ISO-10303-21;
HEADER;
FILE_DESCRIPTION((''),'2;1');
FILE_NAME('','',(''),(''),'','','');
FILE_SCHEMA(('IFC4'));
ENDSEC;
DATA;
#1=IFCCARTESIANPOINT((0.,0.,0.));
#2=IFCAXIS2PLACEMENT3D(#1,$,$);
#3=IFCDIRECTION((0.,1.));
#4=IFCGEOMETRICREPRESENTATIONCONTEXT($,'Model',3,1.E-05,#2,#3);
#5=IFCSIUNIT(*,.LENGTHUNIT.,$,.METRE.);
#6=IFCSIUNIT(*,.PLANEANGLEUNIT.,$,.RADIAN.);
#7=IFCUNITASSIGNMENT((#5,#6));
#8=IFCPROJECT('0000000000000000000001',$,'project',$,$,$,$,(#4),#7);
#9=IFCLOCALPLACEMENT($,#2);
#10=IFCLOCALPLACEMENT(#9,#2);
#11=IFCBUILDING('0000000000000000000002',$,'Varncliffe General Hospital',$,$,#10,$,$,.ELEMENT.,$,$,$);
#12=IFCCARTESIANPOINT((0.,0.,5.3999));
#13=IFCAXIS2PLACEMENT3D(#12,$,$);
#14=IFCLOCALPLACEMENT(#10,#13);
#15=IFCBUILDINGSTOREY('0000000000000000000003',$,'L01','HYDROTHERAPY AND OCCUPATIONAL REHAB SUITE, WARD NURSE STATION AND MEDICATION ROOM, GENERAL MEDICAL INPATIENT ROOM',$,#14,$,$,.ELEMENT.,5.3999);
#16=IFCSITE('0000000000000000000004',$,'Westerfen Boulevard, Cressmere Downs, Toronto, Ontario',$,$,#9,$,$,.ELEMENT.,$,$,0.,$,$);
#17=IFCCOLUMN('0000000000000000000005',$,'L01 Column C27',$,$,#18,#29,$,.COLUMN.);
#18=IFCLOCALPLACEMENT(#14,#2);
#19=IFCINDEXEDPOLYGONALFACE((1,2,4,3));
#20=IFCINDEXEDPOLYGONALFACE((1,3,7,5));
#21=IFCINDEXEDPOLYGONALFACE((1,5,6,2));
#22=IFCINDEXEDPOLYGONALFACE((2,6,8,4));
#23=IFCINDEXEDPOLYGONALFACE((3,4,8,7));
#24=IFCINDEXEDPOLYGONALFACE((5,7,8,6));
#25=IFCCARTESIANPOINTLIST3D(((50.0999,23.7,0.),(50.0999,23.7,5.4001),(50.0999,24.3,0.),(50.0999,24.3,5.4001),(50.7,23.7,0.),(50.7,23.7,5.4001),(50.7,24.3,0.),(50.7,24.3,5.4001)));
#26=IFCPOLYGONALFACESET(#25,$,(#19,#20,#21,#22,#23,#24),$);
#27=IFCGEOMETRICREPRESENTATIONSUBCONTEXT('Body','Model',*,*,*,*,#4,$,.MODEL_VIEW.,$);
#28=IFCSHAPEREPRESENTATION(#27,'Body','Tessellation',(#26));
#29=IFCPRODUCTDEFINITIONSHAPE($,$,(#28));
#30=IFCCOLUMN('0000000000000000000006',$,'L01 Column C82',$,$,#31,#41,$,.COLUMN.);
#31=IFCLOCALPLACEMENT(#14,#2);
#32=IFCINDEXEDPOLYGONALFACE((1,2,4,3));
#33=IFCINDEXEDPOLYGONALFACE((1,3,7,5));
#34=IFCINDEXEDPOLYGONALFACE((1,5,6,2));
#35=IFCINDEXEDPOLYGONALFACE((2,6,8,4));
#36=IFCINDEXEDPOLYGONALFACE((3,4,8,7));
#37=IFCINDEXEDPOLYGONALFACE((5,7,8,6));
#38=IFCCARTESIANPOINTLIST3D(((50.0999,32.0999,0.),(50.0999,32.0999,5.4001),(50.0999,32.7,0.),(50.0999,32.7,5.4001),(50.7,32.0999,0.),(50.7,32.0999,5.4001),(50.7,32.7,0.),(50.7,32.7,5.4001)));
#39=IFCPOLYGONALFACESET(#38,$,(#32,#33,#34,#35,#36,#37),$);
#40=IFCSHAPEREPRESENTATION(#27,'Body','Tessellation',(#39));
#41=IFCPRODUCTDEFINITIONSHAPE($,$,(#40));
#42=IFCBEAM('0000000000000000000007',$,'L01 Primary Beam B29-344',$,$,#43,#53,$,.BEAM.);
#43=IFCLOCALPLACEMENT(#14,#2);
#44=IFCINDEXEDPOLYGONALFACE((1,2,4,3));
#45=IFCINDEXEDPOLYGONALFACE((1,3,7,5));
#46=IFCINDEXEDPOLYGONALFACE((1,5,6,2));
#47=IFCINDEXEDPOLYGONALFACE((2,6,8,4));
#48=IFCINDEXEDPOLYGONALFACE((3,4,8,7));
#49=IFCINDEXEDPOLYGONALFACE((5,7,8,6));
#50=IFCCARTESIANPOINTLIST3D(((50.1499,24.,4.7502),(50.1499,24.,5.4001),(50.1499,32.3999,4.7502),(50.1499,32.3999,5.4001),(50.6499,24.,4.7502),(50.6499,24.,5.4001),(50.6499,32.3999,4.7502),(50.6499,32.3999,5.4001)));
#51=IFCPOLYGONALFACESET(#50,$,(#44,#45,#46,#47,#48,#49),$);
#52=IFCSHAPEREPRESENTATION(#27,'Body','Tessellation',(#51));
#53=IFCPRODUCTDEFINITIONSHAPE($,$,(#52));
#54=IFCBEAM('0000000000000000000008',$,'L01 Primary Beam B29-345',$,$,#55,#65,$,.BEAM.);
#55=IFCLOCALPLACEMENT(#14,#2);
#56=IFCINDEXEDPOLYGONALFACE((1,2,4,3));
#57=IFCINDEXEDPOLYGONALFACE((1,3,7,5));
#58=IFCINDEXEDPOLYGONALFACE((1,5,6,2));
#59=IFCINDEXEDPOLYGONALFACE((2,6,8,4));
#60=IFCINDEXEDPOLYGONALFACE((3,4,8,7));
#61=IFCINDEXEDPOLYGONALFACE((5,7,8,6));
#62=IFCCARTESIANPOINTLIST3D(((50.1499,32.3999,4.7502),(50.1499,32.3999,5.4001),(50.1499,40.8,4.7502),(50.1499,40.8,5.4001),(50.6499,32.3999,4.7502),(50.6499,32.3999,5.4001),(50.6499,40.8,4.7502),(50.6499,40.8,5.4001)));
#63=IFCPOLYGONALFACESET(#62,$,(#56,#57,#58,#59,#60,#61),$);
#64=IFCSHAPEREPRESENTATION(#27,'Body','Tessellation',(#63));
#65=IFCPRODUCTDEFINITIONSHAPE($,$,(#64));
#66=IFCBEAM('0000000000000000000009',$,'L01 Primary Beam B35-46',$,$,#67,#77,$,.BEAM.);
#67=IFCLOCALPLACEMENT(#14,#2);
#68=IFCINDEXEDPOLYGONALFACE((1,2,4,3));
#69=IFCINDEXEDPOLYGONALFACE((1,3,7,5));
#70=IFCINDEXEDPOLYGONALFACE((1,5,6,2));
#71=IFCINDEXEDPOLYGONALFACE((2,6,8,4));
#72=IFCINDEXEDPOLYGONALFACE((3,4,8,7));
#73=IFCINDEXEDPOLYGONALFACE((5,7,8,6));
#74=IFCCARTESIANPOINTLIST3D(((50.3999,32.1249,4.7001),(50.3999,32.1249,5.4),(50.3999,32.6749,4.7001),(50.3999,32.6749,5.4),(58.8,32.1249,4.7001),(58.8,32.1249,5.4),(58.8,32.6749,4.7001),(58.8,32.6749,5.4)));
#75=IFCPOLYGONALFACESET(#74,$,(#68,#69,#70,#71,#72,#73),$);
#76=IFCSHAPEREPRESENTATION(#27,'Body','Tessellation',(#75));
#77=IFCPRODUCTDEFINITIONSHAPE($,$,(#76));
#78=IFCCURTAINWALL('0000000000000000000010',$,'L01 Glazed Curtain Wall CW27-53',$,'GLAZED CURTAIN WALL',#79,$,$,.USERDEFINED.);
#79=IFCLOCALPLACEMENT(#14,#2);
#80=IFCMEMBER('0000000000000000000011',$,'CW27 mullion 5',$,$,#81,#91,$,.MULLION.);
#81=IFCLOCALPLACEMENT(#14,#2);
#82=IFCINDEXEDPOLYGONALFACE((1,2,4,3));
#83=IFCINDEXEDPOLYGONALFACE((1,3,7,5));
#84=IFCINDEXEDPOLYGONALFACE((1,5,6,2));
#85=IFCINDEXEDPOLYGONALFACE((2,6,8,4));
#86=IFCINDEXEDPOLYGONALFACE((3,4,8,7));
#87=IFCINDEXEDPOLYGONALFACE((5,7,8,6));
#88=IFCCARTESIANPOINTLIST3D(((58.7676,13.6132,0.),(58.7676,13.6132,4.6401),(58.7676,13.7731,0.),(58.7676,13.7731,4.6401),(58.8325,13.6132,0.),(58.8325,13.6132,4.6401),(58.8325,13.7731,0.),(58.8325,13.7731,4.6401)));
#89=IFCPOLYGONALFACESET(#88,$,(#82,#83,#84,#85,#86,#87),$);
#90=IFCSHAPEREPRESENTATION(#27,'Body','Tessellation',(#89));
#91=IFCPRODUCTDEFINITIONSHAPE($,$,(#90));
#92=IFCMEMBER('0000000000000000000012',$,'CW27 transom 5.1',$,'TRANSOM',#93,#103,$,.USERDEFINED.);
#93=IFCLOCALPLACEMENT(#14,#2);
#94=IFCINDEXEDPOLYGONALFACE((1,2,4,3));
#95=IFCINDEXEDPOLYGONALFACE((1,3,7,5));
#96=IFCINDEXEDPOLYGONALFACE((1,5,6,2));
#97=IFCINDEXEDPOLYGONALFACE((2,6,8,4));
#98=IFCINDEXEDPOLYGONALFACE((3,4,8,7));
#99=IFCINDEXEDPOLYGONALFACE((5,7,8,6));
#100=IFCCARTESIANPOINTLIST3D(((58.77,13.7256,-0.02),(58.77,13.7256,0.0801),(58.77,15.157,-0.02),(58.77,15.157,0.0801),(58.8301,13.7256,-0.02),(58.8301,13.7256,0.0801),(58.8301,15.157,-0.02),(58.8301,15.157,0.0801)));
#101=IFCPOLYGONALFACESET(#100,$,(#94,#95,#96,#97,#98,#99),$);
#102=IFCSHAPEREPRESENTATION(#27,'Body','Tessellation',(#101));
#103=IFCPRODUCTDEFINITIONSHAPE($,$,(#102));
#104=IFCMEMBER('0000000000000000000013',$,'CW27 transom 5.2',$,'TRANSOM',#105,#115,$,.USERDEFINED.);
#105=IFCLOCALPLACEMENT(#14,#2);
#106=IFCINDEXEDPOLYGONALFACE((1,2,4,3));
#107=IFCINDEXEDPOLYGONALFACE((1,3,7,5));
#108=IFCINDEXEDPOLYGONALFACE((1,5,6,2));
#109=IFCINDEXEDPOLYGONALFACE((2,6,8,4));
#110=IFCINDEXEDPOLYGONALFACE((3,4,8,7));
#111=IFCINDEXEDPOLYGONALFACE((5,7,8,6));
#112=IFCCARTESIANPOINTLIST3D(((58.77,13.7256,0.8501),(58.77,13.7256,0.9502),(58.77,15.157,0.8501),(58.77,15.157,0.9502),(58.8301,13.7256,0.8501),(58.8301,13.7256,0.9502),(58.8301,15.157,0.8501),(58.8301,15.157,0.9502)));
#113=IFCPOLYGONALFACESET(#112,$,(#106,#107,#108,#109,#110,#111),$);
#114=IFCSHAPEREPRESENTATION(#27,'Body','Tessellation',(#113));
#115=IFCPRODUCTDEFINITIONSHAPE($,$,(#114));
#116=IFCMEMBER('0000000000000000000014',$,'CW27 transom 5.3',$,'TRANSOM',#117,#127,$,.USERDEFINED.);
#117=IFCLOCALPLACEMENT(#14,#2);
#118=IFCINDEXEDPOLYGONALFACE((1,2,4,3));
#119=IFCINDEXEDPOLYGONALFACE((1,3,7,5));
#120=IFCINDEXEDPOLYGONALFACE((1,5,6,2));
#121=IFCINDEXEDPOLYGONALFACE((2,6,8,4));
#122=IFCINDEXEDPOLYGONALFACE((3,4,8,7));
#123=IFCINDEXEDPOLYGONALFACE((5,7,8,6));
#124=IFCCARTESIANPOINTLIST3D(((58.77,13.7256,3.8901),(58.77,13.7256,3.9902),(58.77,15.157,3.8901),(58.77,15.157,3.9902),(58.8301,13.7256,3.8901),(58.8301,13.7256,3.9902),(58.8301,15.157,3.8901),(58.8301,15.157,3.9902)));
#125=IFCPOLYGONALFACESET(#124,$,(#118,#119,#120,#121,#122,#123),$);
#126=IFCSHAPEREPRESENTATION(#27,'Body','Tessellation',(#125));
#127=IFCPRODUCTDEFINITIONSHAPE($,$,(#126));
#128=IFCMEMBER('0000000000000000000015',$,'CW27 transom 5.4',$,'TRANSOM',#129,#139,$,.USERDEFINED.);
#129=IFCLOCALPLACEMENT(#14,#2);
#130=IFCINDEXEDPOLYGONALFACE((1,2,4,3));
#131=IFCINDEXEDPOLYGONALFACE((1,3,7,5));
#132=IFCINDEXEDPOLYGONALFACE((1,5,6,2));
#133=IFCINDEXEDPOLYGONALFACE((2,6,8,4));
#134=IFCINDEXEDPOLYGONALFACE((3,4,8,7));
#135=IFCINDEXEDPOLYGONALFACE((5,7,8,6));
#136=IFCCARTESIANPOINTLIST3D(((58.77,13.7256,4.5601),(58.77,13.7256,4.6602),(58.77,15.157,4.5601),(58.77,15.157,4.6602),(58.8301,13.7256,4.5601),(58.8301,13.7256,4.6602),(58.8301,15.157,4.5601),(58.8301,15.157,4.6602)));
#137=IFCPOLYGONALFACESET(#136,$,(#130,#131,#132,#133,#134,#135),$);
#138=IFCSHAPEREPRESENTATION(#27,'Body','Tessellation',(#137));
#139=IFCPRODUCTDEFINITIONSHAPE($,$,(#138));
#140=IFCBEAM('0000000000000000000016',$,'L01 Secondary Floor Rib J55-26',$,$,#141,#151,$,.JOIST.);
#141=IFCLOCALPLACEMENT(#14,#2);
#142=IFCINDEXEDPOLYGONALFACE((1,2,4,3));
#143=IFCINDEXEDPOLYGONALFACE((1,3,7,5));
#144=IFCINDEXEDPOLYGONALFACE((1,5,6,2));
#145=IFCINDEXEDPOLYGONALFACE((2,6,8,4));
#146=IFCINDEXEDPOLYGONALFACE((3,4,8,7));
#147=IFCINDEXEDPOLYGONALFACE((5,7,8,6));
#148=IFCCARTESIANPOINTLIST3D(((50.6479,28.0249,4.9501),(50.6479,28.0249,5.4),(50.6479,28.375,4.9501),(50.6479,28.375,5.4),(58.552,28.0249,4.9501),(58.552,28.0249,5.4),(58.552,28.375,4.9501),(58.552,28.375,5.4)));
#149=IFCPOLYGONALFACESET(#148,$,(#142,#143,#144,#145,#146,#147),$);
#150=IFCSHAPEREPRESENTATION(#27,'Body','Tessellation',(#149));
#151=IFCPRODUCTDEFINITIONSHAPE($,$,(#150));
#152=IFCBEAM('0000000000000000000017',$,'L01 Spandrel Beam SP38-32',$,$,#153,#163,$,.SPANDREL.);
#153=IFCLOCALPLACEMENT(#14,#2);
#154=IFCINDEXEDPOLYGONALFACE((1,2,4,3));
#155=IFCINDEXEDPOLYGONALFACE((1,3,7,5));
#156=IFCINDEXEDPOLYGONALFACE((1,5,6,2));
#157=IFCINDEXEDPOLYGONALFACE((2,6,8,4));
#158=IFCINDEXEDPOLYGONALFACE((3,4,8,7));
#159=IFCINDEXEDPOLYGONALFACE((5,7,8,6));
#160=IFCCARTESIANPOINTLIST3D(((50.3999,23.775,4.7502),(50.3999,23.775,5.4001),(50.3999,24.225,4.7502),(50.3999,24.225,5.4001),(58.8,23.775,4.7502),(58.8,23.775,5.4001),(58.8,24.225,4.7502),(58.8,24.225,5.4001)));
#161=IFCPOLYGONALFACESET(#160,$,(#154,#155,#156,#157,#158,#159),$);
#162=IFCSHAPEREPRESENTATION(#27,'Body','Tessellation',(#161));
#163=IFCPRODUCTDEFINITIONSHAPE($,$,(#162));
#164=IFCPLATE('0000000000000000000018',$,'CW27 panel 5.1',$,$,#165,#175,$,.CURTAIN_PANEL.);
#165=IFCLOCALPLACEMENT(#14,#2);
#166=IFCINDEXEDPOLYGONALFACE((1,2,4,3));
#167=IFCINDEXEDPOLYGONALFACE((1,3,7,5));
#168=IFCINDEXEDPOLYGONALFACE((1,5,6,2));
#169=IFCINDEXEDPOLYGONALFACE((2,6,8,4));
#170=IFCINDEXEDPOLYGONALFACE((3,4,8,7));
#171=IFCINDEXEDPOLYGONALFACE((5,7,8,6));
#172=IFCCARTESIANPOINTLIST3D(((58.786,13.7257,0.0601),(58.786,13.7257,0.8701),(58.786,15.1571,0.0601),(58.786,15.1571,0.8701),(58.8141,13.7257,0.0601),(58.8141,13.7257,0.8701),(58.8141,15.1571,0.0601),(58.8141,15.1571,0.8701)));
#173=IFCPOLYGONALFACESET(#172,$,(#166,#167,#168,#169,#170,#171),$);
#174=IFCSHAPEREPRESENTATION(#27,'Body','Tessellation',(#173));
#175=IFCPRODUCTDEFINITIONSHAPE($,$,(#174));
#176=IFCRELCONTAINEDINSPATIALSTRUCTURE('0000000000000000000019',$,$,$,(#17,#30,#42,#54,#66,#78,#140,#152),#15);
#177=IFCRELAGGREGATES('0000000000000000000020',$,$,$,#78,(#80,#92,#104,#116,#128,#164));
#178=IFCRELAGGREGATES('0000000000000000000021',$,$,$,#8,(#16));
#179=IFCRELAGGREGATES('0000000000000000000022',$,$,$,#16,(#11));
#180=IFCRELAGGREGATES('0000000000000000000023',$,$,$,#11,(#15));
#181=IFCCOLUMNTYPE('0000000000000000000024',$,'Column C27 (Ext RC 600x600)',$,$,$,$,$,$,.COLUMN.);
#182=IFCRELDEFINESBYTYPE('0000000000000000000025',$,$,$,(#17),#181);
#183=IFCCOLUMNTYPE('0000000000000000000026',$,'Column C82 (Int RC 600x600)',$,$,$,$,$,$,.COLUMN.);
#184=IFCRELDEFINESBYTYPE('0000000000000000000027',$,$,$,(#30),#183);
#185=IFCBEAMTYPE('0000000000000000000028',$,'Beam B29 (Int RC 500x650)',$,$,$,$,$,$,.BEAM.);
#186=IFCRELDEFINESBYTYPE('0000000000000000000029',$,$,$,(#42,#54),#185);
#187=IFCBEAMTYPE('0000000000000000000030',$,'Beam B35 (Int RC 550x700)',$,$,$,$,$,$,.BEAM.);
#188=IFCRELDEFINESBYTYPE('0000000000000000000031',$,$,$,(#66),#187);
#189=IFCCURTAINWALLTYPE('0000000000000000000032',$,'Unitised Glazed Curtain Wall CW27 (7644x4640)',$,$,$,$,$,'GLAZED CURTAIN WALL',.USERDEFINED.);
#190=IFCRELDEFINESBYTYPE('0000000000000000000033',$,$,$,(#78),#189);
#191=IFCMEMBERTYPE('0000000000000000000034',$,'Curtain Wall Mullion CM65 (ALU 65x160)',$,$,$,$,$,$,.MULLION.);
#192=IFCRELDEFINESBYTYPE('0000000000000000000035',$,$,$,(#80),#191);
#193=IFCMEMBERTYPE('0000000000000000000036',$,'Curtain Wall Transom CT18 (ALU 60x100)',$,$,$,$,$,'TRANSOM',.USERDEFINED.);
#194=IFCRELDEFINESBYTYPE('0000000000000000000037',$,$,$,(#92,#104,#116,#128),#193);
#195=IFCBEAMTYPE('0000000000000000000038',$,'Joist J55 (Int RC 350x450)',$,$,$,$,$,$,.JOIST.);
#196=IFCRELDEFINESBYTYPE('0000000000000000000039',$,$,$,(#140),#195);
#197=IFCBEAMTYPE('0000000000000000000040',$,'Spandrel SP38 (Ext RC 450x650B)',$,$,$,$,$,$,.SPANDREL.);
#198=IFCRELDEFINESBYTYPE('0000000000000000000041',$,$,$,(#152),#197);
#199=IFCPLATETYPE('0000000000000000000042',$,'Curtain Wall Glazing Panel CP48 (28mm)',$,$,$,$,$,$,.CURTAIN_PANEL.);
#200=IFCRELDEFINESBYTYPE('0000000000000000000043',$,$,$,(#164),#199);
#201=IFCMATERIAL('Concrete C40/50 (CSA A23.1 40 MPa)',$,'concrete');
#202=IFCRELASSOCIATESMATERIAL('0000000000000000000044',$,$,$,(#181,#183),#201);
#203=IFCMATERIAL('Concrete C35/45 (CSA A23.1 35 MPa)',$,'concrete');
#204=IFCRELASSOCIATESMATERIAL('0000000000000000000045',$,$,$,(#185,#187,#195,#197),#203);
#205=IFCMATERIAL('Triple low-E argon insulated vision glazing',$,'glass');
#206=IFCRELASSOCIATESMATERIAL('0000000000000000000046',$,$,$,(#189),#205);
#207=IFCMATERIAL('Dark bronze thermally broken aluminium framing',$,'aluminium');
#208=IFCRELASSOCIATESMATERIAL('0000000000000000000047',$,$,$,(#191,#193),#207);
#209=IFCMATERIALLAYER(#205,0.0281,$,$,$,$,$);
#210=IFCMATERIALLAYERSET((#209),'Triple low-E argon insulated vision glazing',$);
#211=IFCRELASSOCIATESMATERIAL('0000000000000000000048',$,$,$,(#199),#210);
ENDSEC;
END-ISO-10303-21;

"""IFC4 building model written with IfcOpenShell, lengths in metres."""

from ifc_helpers import new_model, si_unit, direction, frame, origin, origin_2d, place, context, subcontext, project, spatial, rectangle, extrude, material, layer, layer_set, material_profile, profile_set, type_object, element, aggregate, save


model = new_model("IFC4")

# Units and contexts
model_context = context("Model", 3, precision=1e-05, world=origin(), true_north=direction((0.0, 1.0)))
body_context = subcontext(model_context, "Body", "Model", "MODEL_VIEW")
ifc_project = project(units=[si_unit("LENGTHUNIT", "METRE"), si_unit("PLANEANGLEUNIT", "RADIAN")], contexts=[model_context])

# Site, building, storey
site_placement = place(None, origin())
site = spatial("IfcSite", under=ifc_project, at=site_placement, Name="Westerfen Boulevard, Cressmere Downs, Toronto, Ontario", CompositionType="ELEMENT", RefElevation=0.0)
building_placement = place(site_placement, origin())
building = spatial("IfcBuilding", under=site, at=building_placement, Name="Varncliffe General Hospital", CompositionType="ELEMENT")
storey_placement = place(building_placement, frame((0.0, 0.0, 5.3999)))
storey = spatial("IfcBuildingStorey", under=building, at=storey_placement, Name="L01", Description="HYDROTHERAPY AND OCCUPATIONAL REHAB SUITE, WARD NURSE STATION AND MEDICATION ROOM, GENERAL MEDICAL INPATIENT ROOM", CompositionType="ELEMENT", Elevation=5.3999)

# Columns
ifc_material_1 = material(Name="Concrete C40/50 (CSA A23.1 40 MPa)", Category="concrete")
ifc_material_profile_1 = material_profile(ifc_material_1, rectangle(XDim=0.6001, YDim=0.6001, at=origin_2d()), Name="RC 600x600")
ifc_profile_set_1 = profile_set([ifc_material_profile_1], Name="Concrete C40/50 (CSA A23.1 40 MPa)")
column_type_1 = type_object("IfcColumnType", Name="Column C27 (Ext RC 600x600)", PredefinedType="COLUMN", material=ifc_profile_set_1)
column_1_placement = place(storey_placement, frame((50.3999, 24.0, 0.0), z_axis=(0.0, 0.0, 1.0), x_axis=(1.0, 0.0, 0.0)))
element("IfcColumn", 1, at=column_1_placement, inside=storey, type_object=column_type_1, Name="L01 Column C27", PredefinedType="COLUMN", context=body_context, shape_type="SweptSolid", body=[
    extrude(rectangle(XDim=0.6001, YDim=0.6001, at=origin_2d()), origin(), (0.0, 0.0, 1.0), 5.4001),
])
ifc_material_profile_2 = material_profile(ifc_material_1, rectangle(XDim=0.6001, YDim=0.6001, at=origin_2d()), Name="RC 600x600")
ifc_profile_set_2 = profile_set([ifc_material_profile_2], Name="Concrete C40/50 (CSA A23.1 40 MPa)")
column_type_2 = type_object("IfcColumnType", Name="Column C82 (Int RC 600x600)", PredefinedType="COLUMN", material=ifc_profile_set_2)
column_2_placement = place(storey_placement, frame((50.3999, 32.3999, 0.0), z_axis=(0.0, 0.0, 1.0), x_axis=(1.0, 0.0, 0.0)))
element("IfcColumn", 2, at=column_2_placement, inside=storey, type_object=column_type_2, Name="L01 Column C82", PredefinedType="COLUMN", context=body_context, shape_type="SweptSolid", body=[
    extrude(rectangle(XDim=0.6001, YDim=0.6001, at=origin_2d()), origin(), (0.0, 0.0, 1.0), 5.4001),
])

# Beams
ifc_material_2 = material(Name="Concrete C35/45 (CSA A23.1 35 MPa)", Category="concrete")
ifc_material_profile_3 = material_profile(ifc_material_2, rectangle(XDim=0.5, YDim=0.6499, at=origin_2d()), Name="RC 500x650")
ifc_profile_set_3 = profile_set([ifc_material_profile_3], Name="Concrete C35/45 (CSA A23.1 35 MPa)")
beam_type_1 = type_object("IfcBeamType", Name="Beam B29 (Int RC 500x650)", PredefinedType="BEAM", material=ifc_profile_set_3)
beam_1_placement = place(storey_placement, frame((50.3999, 24.0, 5.0752), z_axis=(0.0, 1.0, 0.0), x_axis=(-1.0, 0.0, 0.0)))
element("IfcBeam", 3, at=beam_1_placement, inside=storey, type_object=beam_type_1, Name="L01 Primary Beam B29-344", PredefinedType="BEAM", context=body_context, shape_type="SweptSolid", body=[
    extrude(rectangle(XDim=0.5, YDim=0.6499, at=origin_2d()), origin(), (0.0, 0.0, 1.0), 8.3999),
])
beam_2_placement = place(storey_placement, frame((50.3999, 32.3999, 5.0752), z_axis=(0.0, 1.0, 0.0), x_axis=(-1.0, 0.0, 0.0)))
element("IfcBeam", 4, at=beam_2_placement, inside=storey, type_object=beam_type_1, Name="L01 Primary Beam B29-345", PredefinedType="BEAM", context=body_context, shape_type="SweptSolid", body=[
    extrude(rectangle(XDim=0.5, YDim=0.6499, at=origin_2d()), origin(), (0.0, 0.0, 1.0), 8.4001),
])
ifc_material_profile_4 = material_profile(ifc_material_2, rectangle(XDim=0.55, YDim=0.7, at=origin_2d()), Name="RC 550x700")
ifc_profile_set_4 = profile_set([ifc_material_profile_4], Name="Concrete C35/45 (CSA A23.1 35 MPa)")
beam_type_2 = type_object("IfcBeamType", Name="Beam B35 (Int RC 550x700)", PredefinedType="BEAM", material=ifc_profile_set_4)
beam_3_placement = place(storey_placement, frame((50.3999, 32.3999, 5.05), z_axis=(1.0, 0.0, 0.0), x_axis=(0.0, 1.0, 0.0)))
element("IfcBeam", 5, at=beam_3_placement, inside=storey, type_object=beam_type_2, Name="L01 Primary Beam B35-46", PredefinedType="BEAM", context=body_context, shape_type="SweptSolid", body=[
    extrude(rectangle(XDim=0.55, YDim=0.7, at=origin_2d()), origin(), (0.0, 0.0, 1.0), 8.4001),
])

# Curtain wall, members
ifc_material_3 = material(Name="Triple low-E argon insulated vision glazing", Category="glass")
curtain_wall_type = type_object("IfcCurtainWallType", Name="Unitised Glazed Curtain Wall CW27 (7644x4640)", ElementType="GLAZED CURTAIN WALL", PredefinedType="USERDEFINED", material=ifc_material_3)
curtain_wall_placement = place(storey_placement, origin())
curtain_wall = element("IfcCurtainWall", 6, at=curtain_wall_placement, inside=storey, type_object=curtain_wall_type, Name="L01 Glazed Curtain Wall CW27-53", ObjectType="GLAZED CURTAIN WALL", PredefinedType="USERDEFINED")
ifc_material_4 = material(Name="Dark bronze thermally broken aluminium framing", Category="aluminium")
ifc_material_profile_5 = material_profile(ifc_material_4, rectangle(XDim=0.0649, YDim=0.1599, at=origin_2d()), Name="ALU 65x160")
ifc_profile_set_5 = profile_set([ifc_material_profile_5], Name="Dark bronze thermally broken aluminium framing")
member_type_1 = type_object("IfcMemberType", Name="Curtain Wall Mullion CM65 (ALU 65x160)", PredefinedType="MULLION", material=ifc_profile_set_5)
member_1_placement = place(storey_placement, frame((58.8, 13.6931, 0.0), z_axis=(0.0, 0.0, 1.0), x_axis=(-1.0, 0.0, 0.0)))
member_1 = element("IfcMember", 7, at=member_1_placement, type_object=member_type_1, Name="CW27 mullion 5", PredefinedType="MULLION", context=body_context, shape_type="SweptSolid", body=[
    extrude(rectangle(XDim=0.0649, YDim=0.1599, at=origin_2d()), origin(), (0.0, 0.0, 1.0), 4.6401),
])
ifc_material_profile_6 = material_profile(ifc_material_4, rectangle(XDim=0.0601, YDim=0.1001, at=origin_2d()), Name="ALU 60x100")
ifc_profile_set_6 = profile_set([ifc_material_profile_6], Name="Dark bronze thermally broken aluminium framing")
member_type_2 = type_object("IfcMemberType", Name="Curtain Wall Transom CT18 (ALU 60x100)", ElementType="TRANSOM", PredefinedType="USERDEFINED", material=ifc_profile_set_6)
member_2_placement = place(storey_placement, frame((58.8, 13.7256, 0.03), z_axis=(0.0, 1.0, 0.0), x_axis=(-1.0, 0.0, 0.0)))
member_2 = element("IfcMember", 8, at=member_2_placement, type_object=member_type_2, Name="CW27 transom 5.1", ObjectType="TRANSOM", PredefinedType="USERDEFINED", context=body_context, shape_type="SweptSolid", body=[
    extrude(rectangle(XDim=0.0601, YDim=0.1001, at=origin_2d()), origin(), (0.0, 0.0, 1.0), 1.4314),
])
member_3_placement = place(storey_placement, frame((58.8, 13.7256, 0.9001), z_axis=(0.0, 1.0, 0.0), x_axis=(-1.0, 0.0, 0.0)))
member_3 = element("IfcMember", 9, at=member_3_placement, type_object=member_type_2, Name="CW27 transom 5.2", ObjectType="TRANSOM", PredefinedType="USERDEFINED", context=body_context, shape_type="SweptSolid", body=[
    extrude(rectangle(XDim=0.0601, YDim=0.1001, at=origin_2d()), origin(), (0.0, 0.0, 1.0), 1.4314),
])
member_4_placement = place(storey_placement, frame((58.8, 13.7256, 3.9402), z_axis=(0.0, 1.0, 0.0), x_axis=(-1.0, 0.0, 0.0)))
member_4 = element("IfcMember", 10, at=member_4_placement, type_object=member_type_2, Name="CW27 transom 5.3", ObjectType="TRANSOM", PredefinedType="USERDEFINED", context=body_context, shape_type="SweptSolid", body=[
    extrude(rectangle(XDim=0.0601, YDim=0.1001, at=origin_2d()), origin(), (0.0, 0.0, 1.0), 1.4314),
])
member_5_placement = place(storey_placement, frame((58.8, 13.7256, 4.6101), z_axis=(0.0, 1.0, 0.0), x_axis=(-1.0, 0.0, 0.0)))
member_5 = element("IfcMember", 11, at=member_5_placement, type_object=member_type_2, Name="CW27 transom 5.4", ObjectType="TRANSOM", PredefinedType="USERDEFINED", context=body_context, shape_type="SweptSolid", body=[
    extrude(rectangle(XDim=0.0601, YDim=0.1001, at=origin_2d()), origin(), (0.0, 0.0, 1.0), 1.4314),
])

# Beams
ifc_material_profile_7 = material_profile(ifc_material_2, rectangle(XDim=0.3501, YDim=0.45, at=origin_2d()), Name="RC 350x450")
ifc_profile_set_7 = profile_set([ifc_material_profile_7], Name="Concrete C35/45 (CSA A23.1 35 MPa)")
beam_type_3 = type_object("IfcBeamType", Name="Joist J55 (Int RC 350x450)", PredefinedType="JOIST", material=ifc_profile_set_7)
beam_4_placement = place(storey_placement, frame((50.6479, 28.2, 5.175), z_axis=(1.0, 0.0, 0.0), x_axis=(0.0, 1.0, 0.0)))
element("IfcBeam", 12, at=beam_4_placement, inside=storey, type_object=beam_type_3, Name="L01 Secondary Floor Rib J55-26", PredefinedType="JOIST", context=body_context, shape_type="SweptSolid", body=[
    extrude(rectangle(XDim=0.3501, YDim=0.45, at=origin_2d()), origin(), (0.0, 0.0, 1.0), 7.9041),
])
ifc_material_profile_8 = material_profile(ifc_material_2, rectangle(XDim=0.45, YDim=0.6499, at=origin_2d()), Name="RC 450x650")
ifc_profile_set_8 = profile_set([ifc_material_profile_8], Name="Concrete C35/45 (CSA A23.1 35 MPa)")
beam_type_4 = type_object("IfcBeamType", Name="Spandrel SP38 (Ext RC 450x650B)", PredefinedType="SPANDREL", material=ifc_profile_set_8)
beam_5_placement = place(storey_placement, frame((50.3999, 24.0, 5.0752), z_axis=(1.0, 0.0, 0.0), x_axis=(0.0, 1.0, 0.0)))
element("IfcBeam", 13, at=beam_5_placement, inside=storey, type_object=beam_type_4, Name="L01 Spandrel Beam SP38-32", PredefinedType="SPANDREL", context=body_context, shape_type="SweptSolid", body=[
    extrude(rectangle(XDim=0.45, YDim=0.6499, at=origin_2d()), origin(), (0.0, 0.0, 1.0), 8.4001),
])

# Plate
ifc_layer_1 = layer(ifc_material_3, 0.0281)
ifc_layer_set_1 = layer_set([ifc_layer_1], Name="Triple low-E argon insulated vision glazing")
plate_type = type_object("IfcPlateType", Name="Curtain Wall Glazing Panel CP48 (28mm)", PredefinedType="CURTAIN_PANEL", material=ifc_layer_set_1)
plate_1_placement = place(storey_placement, frame((58.8, 14.4414, 0.0601), z_axis=(0.0, 0.0, 1.0), x_axis=(0.0, 1.0, 0.0)))
plate_1 = element("IfcPlate", 14, at=plate_1_placement, type_object=plate_type, Name="CW27 panel 5.1", PredefinedType="CURTAIN_PANEL", context=body_context, shape_type="SweptSolid", body=[
    extrude(rectangle(XDim=1.4314, YDim=0.0281, at=origin_2d()), origin(), (0.0, 0.0, 1.0), 0.8101),
])
aggregate(curtain_wall, [member_1, member_2, member_3, member_4, member_5, plate_1])

save(model, "model.ifc")
